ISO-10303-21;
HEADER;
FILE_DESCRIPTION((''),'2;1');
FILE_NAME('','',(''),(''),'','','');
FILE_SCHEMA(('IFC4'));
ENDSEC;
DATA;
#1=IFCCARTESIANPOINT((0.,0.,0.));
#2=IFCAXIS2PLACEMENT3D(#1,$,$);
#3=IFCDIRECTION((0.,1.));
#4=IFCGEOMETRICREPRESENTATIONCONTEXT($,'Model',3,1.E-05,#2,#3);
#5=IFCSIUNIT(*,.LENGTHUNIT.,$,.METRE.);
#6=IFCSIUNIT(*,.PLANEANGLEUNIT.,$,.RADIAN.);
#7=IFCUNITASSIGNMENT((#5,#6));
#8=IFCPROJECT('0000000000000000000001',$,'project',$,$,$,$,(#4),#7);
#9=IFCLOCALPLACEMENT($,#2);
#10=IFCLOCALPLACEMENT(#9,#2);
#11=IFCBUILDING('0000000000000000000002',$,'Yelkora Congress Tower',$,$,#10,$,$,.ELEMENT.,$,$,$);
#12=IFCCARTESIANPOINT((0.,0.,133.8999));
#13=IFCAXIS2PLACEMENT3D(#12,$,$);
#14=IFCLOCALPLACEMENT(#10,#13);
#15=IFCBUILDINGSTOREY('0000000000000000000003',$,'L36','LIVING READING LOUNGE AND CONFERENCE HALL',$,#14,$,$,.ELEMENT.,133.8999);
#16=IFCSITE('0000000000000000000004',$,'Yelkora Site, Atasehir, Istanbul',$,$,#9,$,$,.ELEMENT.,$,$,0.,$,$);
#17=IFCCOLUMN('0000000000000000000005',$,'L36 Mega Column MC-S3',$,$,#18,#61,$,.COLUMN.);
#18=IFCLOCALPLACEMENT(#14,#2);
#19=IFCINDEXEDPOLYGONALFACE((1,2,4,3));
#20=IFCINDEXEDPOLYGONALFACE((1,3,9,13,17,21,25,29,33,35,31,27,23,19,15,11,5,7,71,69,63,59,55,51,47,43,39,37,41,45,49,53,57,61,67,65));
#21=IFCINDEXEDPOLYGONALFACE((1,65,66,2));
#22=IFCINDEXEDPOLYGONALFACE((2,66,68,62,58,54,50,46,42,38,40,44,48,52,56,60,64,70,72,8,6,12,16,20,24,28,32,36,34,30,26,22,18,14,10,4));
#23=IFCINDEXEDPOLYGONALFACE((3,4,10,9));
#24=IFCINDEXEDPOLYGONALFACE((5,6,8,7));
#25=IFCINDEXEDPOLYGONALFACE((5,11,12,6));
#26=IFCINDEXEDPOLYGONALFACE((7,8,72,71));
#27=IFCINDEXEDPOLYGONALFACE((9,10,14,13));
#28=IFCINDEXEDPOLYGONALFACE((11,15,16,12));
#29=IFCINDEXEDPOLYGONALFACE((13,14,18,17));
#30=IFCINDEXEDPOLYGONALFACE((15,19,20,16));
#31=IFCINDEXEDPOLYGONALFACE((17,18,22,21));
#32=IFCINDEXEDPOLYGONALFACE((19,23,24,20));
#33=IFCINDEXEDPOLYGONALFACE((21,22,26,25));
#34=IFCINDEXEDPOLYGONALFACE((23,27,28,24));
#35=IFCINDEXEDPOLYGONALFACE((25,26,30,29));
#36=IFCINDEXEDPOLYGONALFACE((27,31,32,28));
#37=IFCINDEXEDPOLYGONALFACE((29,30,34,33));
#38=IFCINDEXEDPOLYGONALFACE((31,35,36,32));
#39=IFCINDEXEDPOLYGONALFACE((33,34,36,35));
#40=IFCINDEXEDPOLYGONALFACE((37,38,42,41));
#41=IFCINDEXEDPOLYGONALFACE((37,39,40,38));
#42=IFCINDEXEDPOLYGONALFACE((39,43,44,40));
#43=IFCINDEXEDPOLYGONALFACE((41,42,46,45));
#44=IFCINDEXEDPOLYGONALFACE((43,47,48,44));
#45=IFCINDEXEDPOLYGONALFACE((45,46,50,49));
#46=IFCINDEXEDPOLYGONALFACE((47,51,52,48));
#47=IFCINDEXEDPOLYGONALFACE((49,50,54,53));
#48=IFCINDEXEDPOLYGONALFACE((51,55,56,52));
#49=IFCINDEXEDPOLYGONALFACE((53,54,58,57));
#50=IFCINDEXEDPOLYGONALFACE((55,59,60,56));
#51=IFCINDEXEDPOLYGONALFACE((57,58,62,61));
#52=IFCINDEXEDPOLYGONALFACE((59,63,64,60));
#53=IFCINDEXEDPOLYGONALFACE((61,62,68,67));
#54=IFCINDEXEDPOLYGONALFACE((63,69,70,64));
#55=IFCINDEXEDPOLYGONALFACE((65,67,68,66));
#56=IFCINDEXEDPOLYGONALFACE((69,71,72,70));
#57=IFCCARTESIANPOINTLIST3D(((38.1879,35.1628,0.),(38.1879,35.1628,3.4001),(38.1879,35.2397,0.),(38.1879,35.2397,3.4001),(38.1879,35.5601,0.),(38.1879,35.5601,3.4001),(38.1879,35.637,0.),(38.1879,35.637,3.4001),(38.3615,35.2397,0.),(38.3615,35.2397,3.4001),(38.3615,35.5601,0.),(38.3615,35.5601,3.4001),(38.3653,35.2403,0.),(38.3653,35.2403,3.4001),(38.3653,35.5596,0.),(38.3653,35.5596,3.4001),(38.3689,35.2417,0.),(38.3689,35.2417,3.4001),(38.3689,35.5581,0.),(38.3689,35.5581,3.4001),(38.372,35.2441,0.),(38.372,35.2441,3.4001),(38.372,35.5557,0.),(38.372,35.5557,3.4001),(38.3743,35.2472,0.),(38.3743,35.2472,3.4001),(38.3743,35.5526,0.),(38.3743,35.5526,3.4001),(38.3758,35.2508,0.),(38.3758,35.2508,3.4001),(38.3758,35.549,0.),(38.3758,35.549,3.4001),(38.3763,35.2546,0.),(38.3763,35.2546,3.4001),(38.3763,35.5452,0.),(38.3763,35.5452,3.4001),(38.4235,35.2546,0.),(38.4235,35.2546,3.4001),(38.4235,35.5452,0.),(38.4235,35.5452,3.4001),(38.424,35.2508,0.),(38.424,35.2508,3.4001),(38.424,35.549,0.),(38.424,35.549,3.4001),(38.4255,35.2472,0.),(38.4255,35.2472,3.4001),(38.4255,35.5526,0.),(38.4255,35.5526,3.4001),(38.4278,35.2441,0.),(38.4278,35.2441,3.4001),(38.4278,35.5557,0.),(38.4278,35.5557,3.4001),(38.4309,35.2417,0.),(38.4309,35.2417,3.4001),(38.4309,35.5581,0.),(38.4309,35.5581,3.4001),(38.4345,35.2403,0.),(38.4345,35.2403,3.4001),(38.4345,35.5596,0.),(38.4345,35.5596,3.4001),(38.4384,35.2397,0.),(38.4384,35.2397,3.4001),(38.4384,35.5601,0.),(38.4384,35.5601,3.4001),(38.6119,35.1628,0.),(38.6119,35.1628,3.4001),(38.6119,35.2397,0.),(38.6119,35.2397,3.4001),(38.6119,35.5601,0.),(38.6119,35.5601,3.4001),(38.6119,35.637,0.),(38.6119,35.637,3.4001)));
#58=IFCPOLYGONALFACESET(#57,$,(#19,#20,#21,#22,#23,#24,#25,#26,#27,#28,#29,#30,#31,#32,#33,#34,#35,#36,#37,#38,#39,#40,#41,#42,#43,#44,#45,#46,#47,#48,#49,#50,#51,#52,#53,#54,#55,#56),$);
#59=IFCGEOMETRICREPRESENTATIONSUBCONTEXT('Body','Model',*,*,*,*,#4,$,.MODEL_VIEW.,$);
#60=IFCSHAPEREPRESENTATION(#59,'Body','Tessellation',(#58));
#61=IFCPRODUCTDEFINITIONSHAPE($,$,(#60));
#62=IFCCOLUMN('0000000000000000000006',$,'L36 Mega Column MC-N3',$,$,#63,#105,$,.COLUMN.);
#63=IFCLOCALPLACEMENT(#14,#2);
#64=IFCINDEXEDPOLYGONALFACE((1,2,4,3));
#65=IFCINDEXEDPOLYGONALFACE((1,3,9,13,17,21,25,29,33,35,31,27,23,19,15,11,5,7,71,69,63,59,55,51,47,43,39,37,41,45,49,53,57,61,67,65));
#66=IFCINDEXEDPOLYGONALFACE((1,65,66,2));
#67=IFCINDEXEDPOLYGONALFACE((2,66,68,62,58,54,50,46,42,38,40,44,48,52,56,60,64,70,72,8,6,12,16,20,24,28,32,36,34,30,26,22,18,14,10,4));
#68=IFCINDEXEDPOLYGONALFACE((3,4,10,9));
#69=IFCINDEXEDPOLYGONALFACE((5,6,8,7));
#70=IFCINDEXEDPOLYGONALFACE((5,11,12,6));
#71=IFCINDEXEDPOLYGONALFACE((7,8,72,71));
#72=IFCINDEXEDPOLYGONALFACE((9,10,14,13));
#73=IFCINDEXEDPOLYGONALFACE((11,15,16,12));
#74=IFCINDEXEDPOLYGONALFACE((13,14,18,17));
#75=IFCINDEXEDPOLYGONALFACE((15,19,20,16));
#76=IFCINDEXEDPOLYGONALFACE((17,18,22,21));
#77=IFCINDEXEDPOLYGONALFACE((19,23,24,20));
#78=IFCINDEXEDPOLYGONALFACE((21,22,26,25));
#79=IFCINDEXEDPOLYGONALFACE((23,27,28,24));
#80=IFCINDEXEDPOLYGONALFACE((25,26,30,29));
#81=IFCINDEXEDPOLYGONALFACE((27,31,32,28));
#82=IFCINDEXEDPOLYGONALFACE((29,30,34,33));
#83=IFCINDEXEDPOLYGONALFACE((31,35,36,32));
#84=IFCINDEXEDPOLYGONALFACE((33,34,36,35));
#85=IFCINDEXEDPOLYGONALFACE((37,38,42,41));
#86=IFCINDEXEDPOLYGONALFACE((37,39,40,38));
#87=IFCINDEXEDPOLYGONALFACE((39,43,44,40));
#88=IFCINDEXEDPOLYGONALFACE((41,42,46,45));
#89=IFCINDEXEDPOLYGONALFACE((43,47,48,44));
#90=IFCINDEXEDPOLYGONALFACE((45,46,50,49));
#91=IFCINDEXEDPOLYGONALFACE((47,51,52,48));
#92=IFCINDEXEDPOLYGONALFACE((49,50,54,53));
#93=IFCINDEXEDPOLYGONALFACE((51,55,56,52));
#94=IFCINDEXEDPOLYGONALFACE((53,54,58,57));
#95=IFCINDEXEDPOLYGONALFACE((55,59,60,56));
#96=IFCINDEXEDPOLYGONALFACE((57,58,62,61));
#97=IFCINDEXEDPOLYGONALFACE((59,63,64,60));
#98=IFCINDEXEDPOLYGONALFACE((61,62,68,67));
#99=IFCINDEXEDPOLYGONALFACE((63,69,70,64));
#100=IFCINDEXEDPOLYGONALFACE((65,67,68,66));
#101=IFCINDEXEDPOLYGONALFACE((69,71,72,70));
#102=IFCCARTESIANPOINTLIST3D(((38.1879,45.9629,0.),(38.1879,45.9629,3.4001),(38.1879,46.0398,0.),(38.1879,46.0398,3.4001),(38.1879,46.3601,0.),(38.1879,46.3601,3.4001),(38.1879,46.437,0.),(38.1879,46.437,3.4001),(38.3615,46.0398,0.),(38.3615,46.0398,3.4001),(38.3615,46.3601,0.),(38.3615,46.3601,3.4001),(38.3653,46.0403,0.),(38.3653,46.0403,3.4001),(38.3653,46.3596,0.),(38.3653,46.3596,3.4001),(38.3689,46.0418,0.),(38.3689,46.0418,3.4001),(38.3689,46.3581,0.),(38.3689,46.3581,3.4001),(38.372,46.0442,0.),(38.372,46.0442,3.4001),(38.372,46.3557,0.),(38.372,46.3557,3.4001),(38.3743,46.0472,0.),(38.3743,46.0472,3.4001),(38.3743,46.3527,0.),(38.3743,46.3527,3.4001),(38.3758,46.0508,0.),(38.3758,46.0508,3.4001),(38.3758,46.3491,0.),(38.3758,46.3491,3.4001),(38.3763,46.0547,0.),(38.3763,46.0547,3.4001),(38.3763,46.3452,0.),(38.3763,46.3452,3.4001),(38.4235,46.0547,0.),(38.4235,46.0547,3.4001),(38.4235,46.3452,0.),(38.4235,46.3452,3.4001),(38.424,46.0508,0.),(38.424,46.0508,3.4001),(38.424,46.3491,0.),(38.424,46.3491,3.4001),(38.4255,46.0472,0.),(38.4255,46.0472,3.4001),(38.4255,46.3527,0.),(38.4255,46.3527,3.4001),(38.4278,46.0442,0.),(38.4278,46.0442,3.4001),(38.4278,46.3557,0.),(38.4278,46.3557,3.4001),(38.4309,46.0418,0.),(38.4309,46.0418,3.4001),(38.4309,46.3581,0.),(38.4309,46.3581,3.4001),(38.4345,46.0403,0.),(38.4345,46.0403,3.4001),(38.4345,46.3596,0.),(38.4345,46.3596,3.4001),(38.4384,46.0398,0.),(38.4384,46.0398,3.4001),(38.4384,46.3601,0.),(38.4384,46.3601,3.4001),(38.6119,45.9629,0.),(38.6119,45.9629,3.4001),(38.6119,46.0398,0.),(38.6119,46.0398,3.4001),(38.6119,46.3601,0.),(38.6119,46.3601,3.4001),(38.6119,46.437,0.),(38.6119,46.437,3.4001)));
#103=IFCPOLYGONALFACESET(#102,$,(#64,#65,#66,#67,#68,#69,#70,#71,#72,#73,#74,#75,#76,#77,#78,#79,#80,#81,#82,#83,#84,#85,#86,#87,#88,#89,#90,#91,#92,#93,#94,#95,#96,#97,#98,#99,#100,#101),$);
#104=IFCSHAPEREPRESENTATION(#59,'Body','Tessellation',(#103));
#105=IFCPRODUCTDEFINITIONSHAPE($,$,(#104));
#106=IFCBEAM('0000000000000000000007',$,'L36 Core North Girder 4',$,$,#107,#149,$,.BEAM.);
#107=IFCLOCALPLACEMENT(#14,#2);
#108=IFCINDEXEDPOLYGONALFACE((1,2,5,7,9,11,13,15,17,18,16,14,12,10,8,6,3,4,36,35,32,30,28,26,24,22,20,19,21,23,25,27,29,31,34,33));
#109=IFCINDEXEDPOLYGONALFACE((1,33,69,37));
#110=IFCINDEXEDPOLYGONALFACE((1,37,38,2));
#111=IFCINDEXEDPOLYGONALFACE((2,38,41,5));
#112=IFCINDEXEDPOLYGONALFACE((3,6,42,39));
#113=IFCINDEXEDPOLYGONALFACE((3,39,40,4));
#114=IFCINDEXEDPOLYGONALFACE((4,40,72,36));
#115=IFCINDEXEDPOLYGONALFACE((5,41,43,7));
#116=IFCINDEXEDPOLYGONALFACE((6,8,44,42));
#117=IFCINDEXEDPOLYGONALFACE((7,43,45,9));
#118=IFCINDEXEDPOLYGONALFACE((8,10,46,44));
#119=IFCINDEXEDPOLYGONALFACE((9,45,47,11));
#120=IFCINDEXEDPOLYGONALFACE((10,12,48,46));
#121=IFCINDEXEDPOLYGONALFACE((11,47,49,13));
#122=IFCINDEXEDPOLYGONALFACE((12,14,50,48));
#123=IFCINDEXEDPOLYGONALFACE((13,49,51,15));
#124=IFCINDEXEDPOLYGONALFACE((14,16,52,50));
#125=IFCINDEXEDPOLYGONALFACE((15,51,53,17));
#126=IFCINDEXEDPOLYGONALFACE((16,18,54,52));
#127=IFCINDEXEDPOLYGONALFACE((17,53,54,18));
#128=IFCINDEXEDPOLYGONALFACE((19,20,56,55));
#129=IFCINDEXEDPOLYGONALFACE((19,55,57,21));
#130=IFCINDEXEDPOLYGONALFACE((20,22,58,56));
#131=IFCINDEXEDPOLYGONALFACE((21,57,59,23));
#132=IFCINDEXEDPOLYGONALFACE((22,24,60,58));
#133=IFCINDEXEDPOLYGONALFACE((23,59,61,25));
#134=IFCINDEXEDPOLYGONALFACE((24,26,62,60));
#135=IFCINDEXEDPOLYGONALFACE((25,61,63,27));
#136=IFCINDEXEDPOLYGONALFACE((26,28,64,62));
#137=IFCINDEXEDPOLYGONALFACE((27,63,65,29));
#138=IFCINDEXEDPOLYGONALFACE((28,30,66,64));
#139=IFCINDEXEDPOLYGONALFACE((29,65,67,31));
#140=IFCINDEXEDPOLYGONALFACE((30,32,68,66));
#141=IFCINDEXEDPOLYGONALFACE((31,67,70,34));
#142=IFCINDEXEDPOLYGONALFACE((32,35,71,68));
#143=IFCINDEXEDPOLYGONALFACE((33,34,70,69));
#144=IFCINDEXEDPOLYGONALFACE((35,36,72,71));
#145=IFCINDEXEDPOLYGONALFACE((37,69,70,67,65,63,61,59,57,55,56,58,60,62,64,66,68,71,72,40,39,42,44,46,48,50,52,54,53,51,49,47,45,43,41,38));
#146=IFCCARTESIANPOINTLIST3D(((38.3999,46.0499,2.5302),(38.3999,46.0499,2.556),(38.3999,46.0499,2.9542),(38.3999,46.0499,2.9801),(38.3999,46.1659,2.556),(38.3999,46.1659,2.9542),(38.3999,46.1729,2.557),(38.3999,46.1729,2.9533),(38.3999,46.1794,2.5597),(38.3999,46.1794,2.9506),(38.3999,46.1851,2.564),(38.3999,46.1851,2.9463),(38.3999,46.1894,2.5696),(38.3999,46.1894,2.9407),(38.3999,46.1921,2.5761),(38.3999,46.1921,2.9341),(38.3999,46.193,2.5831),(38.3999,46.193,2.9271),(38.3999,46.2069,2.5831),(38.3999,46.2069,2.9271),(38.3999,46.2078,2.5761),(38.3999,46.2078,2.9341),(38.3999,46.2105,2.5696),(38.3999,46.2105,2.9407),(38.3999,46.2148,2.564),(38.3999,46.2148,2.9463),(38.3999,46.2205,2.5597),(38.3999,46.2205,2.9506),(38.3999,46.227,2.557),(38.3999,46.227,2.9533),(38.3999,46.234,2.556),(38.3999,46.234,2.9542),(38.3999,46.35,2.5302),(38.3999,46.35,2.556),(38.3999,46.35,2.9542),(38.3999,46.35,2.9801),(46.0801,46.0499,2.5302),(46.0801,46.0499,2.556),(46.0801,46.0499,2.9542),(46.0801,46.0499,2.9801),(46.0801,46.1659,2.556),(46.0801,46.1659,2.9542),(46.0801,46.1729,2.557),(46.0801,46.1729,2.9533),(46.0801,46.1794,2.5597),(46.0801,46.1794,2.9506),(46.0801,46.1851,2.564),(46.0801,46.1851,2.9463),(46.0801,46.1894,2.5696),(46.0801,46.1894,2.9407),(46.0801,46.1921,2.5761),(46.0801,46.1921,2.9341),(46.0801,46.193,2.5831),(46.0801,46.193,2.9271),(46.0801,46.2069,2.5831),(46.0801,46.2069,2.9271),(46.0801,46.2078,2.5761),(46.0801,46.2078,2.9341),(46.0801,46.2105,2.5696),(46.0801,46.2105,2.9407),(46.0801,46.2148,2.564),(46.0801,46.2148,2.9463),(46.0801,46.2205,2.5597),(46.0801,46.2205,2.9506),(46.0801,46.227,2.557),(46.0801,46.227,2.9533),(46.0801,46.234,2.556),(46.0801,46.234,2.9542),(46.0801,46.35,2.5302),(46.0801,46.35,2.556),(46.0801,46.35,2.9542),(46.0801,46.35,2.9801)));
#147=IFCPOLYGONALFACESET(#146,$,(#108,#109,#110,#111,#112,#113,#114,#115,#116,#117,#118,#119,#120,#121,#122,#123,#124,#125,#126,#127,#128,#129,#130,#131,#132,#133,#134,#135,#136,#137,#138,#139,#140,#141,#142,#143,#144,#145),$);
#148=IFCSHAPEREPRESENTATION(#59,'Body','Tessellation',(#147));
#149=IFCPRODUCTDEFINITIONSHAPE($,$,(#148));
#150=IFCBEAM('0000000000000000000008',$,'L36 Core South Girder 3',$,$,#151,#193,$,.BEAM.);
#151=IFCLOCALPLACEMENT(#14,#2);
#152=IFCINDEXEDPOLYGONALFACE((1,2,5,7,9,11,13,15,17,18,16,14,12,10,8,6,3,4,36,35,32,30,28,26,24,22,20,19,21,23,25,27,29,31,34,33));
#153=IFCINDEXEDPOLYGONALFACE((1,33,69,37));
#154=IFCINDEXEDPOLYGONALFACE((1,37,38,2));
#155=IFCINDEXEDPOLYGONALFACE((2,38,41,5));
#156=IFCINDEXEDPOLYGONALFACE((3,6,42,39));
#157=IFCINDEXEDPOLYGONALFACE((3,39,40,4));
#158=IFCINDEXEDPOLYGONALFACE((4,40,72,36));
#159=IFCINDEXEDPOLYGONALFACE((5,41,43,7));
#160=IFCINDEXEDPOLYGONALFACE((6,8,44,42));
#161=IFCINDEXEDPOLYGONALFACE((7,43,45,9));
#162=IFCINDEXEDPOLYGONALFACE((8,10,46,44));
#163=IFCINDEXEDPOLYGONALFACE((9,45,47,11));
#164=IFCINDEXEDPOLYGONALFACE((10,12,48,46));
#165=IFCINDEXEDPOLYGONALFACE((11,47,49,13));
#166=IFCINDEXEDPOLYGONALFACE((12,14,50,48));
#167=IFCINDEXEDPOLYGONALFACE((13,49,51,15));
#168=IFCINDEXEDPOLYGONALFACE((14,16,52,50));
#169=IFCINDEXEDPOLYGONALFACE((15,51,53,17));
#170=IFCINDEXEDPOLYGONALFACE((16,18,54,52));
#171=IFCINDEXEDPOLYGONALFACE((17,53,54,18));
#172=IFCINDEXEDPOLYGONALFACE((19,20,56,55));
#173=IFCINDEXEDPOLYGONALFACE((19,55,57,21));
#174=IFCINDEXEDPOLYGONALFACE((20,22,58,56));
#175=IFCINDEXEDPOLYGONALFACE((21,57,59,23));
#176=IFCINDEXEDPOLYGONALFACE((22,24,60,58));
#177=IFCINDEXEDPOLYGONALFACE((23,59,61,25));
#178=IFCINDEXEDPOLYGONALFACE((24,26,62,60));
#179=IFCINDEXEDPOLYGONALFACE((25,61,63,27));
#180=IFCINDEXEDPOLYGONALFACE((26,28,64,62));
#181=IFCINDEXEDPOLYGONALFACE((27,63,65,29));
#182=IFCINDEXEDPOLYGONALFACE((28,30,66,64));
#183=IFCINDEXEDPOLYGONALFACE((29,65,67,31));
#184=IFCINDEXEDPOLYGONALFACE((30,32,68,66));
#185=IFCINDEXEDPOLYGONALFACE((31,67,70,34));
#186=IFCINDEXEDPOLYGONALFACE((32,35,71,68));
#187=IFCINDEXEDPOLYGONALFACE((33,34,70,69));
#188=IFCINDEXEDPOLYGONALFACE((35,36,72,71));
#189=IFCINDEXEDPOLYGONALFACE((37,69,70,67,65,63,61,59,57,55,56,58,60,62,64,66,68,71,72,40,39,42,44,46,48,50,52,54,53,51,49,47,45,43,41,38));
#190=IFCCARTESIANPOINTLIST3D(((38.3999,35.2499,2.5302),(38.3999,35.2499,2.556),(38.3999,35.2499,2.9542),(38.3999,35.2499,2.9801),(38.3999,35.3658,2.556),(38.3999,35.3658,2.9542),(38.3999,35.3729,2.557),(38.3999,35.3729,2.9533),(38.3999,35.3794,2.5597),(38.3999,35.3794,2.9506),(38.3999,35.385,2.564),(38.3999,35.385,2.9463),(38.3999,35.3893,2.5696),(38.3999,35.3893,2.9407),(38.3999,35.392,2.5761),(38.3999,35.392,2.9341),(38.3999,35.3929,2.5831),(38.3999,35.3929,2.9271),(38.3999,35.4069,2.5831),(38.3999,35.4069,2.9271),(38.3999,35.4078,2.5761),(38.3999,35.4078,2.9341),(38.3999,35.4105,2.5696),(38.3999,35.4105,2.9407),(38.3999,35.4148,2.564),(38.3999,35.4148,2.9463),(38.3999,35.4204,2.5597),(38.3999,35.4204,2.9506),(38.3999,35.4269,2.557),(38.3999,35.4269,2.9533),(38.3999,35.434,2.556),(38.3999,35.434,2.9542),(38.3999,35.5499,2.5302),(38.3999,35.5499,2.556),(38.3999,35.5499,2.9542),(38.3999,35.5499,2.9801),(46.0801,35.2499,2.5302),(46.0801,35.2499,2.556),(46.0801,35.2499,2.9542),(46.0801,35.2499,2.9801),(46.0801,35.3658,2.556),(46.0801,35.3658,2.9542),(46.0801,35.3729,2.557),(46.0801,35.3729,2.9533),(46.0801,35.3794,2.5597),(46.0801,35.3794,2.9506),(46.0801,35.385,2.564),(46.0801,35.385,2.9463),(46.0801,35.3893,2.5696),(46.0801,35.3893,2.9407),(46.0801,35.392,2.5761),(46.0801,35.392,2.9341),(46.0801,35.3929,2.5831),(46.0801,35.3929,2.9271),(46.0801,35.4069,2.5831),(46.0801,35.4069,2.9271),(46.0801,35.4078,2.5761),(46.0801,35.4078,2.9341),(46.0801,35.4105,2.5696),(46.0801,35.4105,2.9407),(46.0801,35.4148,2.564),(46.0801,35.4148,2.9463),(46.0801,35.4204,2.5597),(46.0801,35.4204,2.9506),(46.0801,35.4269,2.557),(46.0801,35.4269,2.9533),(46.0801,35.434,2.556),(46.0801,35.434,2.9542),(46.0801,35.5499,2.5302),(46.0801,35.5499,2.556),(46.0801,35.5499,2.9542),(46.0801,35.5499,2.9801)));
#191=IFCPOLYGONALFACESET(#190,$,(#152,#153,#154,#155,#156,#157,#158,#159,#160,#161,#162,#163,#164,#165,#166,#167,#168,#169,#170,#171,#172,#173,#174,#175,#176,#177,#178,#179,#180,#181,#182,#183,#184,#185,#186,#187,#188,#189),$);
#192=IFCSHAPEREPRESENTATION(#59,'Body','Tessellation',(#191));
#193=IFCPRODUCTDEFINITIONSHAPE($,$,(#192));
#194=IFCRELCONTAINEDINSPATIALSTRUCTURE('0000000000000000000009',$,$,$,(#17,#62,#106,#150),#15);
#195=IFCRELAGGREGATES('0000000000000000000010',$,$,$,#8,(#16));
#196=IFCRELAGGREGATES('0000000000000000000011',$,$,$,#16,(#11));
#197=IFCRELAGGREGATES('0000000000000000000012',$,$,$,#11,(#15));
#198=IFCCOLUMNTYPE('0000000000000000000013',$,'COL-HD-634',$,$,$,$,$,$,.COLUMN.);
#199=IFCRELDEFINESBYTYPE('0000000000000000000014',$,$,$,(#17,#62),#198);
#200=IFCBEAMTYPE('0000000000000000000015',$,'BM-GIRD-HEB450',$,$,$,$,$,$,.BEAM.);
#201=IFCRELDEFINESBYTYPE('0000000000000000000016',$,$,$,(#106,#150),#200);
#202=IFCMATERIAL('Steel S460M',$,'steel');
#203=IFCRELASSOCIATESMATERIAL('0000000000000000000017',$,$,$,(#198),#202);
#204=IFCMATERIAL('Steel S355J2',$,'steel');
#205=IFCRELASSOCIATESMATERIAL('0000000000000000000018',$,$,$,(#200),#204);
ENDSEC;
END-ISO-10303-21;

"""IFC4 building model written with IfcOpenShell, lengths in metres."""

from ifc_helpers import new_model, si_unit, direction, frame, origin, origin_2d, place, context, subcontext, project, spatial, i_section, extrude, material, material_profile, profile_set, type_object, element, save


model = new_model("IFC4")

# Units and contexts
model_context = context("Model", 3, precision=1e-05, world=origin(), true_north=direction((0.0, 1.0)))
body_context = subcontext(model_context, "Body", "Model", "MODEL_VIEW")
ifc_project = project(units=[si_unit("LENGTHUNIT", "METRE"), si_unit("PLANEANGLEUNIT", "RADIAN")], contexts=[model_context])

# Site, building, storey
site_placement = place(None, origin())
site = spatial("IfcSite", under=ifc_project, at=site_placement, Name="Yelkora Site, Atasehir, Istanbul", CompositionType="ELEMENT", RefElevation=0.0)
building_placement = place(site_placement, origin())
building = spatial("IfcBuilding", under=site, at=building_placement, Name="Yelkora Congress Tower", CompositionType="ELEMENT")
storey_placement = place(building_placement, frame((0.0, 0.0, 133.8999)))
storey = spatial("IfcBuildingStorey", under=building, at=storey_placement, Name="L36", Description="LIVING READING LOUNGE AND CONFERENCE HALL", CompositionType="ELEMENT", Elevation=133.8999)

# Columns
ifc_material_1 = material(Name="Steel S460M", Category="steel")
ifc_material_profile_1 = material_profile(ifc_material_1, i_section(OverallWidth=0.4241, OverallDepth=0.4741, WebThickness=0.0471, FlangeThickness=0.0769, FilletRadius=0.0149, at=origin_2d()), Name="HD 400x634")
ifc_profile_set_1 = profile_set([ifc_material_profile_1], Name="Steel S460M")
column_type = type_object("IfcColumnType", Name="COL-HD-634", PredefinedType="COLUMN", material=ifc_profile_set_1)
for number, where, z_axis, x_axis, name in (
    (1, (38.3999, 35.3999, 0.0), (0.0, 0.0, 1.0), (1.0, 0.0, 0.0), "L36 Mega Column MC-S3"),
    (2, (38.3999, 46.2, 0.0), (0.0, 0.0, 1.0), (1.0, 0.0, 0.0), "L36 Mega Column MC-N3"),
):
    element("IfcColumn", number, at=place(storey_placement, frame(where, z_axis=z_axis, x_axis=x_axis)), inside=storey, type_object=column_type, Name=name, PredefinedType="COLUMN", context=body_context, shape_type="SweptSolid", body=[
        extrude(i_section(OverallWidth=0.4241, OverallDepth=0.4741, WebThickness=0.0471, FlangeThickness=0.0769, FilletRadius=0.0149, at=origin_2d()), origin(), (0.0, 0.0, 1.0), 3.4001),
    ])

# Beams
ifc_material_2 = material(Name="Steel S355J2", Category="steel")
ifc_material_profile_2 = material_profile(ifc_material_2, i_section(OverallWidth=0.3, OverallDepth=0.45, WebThickness=0.0139, FlangeThickness=0.0259, FilletRadius=0.0271, at=origin_2d()), Name="HEB 450")
ifc_profile_set_2 = profile_set([ifc_material_profile_2], Name="Steel S355J2")
beam_type = type_object("IfcBeamType", Name="BM-GIRD-HEB450", PredefinedType="BEAM", material=ifc_profile_set_2)
for number, where, z_axis, x_axis, name in (
    (3, (38.3999, 46.2, 2.7551), (1.0, 0.0, 0.0), (0.0, 1.0, 0.0), "L36 Core North Girder 4"),
    (4, (38.3999, 35.3999, 2.7551), (1.0, 0.0, 0.0), (0.0, 1.0, 0.0), "L36 Core South Girder 3"),
):
    element("IfcBeam", number, at=place(storey_placement, frame(where, z_axis=z_axis, x_axis=x_axis)), inside=storey, type_object=beam_type, Name=name, PredefinedType="BEAM", context=body_context, shape_type="SweptSolid", body=[
        extrude(i_section(OverallWidth=0.3, OverallDepth=0.45, WebThickness=0.0139, FlangeThickness=0.0259, FilletRadius=0.0271, at=origin_2d()), origin(), (0.0, 0.0, 1.0), 7.6802),
    ])

save(model, "model.ifc")
